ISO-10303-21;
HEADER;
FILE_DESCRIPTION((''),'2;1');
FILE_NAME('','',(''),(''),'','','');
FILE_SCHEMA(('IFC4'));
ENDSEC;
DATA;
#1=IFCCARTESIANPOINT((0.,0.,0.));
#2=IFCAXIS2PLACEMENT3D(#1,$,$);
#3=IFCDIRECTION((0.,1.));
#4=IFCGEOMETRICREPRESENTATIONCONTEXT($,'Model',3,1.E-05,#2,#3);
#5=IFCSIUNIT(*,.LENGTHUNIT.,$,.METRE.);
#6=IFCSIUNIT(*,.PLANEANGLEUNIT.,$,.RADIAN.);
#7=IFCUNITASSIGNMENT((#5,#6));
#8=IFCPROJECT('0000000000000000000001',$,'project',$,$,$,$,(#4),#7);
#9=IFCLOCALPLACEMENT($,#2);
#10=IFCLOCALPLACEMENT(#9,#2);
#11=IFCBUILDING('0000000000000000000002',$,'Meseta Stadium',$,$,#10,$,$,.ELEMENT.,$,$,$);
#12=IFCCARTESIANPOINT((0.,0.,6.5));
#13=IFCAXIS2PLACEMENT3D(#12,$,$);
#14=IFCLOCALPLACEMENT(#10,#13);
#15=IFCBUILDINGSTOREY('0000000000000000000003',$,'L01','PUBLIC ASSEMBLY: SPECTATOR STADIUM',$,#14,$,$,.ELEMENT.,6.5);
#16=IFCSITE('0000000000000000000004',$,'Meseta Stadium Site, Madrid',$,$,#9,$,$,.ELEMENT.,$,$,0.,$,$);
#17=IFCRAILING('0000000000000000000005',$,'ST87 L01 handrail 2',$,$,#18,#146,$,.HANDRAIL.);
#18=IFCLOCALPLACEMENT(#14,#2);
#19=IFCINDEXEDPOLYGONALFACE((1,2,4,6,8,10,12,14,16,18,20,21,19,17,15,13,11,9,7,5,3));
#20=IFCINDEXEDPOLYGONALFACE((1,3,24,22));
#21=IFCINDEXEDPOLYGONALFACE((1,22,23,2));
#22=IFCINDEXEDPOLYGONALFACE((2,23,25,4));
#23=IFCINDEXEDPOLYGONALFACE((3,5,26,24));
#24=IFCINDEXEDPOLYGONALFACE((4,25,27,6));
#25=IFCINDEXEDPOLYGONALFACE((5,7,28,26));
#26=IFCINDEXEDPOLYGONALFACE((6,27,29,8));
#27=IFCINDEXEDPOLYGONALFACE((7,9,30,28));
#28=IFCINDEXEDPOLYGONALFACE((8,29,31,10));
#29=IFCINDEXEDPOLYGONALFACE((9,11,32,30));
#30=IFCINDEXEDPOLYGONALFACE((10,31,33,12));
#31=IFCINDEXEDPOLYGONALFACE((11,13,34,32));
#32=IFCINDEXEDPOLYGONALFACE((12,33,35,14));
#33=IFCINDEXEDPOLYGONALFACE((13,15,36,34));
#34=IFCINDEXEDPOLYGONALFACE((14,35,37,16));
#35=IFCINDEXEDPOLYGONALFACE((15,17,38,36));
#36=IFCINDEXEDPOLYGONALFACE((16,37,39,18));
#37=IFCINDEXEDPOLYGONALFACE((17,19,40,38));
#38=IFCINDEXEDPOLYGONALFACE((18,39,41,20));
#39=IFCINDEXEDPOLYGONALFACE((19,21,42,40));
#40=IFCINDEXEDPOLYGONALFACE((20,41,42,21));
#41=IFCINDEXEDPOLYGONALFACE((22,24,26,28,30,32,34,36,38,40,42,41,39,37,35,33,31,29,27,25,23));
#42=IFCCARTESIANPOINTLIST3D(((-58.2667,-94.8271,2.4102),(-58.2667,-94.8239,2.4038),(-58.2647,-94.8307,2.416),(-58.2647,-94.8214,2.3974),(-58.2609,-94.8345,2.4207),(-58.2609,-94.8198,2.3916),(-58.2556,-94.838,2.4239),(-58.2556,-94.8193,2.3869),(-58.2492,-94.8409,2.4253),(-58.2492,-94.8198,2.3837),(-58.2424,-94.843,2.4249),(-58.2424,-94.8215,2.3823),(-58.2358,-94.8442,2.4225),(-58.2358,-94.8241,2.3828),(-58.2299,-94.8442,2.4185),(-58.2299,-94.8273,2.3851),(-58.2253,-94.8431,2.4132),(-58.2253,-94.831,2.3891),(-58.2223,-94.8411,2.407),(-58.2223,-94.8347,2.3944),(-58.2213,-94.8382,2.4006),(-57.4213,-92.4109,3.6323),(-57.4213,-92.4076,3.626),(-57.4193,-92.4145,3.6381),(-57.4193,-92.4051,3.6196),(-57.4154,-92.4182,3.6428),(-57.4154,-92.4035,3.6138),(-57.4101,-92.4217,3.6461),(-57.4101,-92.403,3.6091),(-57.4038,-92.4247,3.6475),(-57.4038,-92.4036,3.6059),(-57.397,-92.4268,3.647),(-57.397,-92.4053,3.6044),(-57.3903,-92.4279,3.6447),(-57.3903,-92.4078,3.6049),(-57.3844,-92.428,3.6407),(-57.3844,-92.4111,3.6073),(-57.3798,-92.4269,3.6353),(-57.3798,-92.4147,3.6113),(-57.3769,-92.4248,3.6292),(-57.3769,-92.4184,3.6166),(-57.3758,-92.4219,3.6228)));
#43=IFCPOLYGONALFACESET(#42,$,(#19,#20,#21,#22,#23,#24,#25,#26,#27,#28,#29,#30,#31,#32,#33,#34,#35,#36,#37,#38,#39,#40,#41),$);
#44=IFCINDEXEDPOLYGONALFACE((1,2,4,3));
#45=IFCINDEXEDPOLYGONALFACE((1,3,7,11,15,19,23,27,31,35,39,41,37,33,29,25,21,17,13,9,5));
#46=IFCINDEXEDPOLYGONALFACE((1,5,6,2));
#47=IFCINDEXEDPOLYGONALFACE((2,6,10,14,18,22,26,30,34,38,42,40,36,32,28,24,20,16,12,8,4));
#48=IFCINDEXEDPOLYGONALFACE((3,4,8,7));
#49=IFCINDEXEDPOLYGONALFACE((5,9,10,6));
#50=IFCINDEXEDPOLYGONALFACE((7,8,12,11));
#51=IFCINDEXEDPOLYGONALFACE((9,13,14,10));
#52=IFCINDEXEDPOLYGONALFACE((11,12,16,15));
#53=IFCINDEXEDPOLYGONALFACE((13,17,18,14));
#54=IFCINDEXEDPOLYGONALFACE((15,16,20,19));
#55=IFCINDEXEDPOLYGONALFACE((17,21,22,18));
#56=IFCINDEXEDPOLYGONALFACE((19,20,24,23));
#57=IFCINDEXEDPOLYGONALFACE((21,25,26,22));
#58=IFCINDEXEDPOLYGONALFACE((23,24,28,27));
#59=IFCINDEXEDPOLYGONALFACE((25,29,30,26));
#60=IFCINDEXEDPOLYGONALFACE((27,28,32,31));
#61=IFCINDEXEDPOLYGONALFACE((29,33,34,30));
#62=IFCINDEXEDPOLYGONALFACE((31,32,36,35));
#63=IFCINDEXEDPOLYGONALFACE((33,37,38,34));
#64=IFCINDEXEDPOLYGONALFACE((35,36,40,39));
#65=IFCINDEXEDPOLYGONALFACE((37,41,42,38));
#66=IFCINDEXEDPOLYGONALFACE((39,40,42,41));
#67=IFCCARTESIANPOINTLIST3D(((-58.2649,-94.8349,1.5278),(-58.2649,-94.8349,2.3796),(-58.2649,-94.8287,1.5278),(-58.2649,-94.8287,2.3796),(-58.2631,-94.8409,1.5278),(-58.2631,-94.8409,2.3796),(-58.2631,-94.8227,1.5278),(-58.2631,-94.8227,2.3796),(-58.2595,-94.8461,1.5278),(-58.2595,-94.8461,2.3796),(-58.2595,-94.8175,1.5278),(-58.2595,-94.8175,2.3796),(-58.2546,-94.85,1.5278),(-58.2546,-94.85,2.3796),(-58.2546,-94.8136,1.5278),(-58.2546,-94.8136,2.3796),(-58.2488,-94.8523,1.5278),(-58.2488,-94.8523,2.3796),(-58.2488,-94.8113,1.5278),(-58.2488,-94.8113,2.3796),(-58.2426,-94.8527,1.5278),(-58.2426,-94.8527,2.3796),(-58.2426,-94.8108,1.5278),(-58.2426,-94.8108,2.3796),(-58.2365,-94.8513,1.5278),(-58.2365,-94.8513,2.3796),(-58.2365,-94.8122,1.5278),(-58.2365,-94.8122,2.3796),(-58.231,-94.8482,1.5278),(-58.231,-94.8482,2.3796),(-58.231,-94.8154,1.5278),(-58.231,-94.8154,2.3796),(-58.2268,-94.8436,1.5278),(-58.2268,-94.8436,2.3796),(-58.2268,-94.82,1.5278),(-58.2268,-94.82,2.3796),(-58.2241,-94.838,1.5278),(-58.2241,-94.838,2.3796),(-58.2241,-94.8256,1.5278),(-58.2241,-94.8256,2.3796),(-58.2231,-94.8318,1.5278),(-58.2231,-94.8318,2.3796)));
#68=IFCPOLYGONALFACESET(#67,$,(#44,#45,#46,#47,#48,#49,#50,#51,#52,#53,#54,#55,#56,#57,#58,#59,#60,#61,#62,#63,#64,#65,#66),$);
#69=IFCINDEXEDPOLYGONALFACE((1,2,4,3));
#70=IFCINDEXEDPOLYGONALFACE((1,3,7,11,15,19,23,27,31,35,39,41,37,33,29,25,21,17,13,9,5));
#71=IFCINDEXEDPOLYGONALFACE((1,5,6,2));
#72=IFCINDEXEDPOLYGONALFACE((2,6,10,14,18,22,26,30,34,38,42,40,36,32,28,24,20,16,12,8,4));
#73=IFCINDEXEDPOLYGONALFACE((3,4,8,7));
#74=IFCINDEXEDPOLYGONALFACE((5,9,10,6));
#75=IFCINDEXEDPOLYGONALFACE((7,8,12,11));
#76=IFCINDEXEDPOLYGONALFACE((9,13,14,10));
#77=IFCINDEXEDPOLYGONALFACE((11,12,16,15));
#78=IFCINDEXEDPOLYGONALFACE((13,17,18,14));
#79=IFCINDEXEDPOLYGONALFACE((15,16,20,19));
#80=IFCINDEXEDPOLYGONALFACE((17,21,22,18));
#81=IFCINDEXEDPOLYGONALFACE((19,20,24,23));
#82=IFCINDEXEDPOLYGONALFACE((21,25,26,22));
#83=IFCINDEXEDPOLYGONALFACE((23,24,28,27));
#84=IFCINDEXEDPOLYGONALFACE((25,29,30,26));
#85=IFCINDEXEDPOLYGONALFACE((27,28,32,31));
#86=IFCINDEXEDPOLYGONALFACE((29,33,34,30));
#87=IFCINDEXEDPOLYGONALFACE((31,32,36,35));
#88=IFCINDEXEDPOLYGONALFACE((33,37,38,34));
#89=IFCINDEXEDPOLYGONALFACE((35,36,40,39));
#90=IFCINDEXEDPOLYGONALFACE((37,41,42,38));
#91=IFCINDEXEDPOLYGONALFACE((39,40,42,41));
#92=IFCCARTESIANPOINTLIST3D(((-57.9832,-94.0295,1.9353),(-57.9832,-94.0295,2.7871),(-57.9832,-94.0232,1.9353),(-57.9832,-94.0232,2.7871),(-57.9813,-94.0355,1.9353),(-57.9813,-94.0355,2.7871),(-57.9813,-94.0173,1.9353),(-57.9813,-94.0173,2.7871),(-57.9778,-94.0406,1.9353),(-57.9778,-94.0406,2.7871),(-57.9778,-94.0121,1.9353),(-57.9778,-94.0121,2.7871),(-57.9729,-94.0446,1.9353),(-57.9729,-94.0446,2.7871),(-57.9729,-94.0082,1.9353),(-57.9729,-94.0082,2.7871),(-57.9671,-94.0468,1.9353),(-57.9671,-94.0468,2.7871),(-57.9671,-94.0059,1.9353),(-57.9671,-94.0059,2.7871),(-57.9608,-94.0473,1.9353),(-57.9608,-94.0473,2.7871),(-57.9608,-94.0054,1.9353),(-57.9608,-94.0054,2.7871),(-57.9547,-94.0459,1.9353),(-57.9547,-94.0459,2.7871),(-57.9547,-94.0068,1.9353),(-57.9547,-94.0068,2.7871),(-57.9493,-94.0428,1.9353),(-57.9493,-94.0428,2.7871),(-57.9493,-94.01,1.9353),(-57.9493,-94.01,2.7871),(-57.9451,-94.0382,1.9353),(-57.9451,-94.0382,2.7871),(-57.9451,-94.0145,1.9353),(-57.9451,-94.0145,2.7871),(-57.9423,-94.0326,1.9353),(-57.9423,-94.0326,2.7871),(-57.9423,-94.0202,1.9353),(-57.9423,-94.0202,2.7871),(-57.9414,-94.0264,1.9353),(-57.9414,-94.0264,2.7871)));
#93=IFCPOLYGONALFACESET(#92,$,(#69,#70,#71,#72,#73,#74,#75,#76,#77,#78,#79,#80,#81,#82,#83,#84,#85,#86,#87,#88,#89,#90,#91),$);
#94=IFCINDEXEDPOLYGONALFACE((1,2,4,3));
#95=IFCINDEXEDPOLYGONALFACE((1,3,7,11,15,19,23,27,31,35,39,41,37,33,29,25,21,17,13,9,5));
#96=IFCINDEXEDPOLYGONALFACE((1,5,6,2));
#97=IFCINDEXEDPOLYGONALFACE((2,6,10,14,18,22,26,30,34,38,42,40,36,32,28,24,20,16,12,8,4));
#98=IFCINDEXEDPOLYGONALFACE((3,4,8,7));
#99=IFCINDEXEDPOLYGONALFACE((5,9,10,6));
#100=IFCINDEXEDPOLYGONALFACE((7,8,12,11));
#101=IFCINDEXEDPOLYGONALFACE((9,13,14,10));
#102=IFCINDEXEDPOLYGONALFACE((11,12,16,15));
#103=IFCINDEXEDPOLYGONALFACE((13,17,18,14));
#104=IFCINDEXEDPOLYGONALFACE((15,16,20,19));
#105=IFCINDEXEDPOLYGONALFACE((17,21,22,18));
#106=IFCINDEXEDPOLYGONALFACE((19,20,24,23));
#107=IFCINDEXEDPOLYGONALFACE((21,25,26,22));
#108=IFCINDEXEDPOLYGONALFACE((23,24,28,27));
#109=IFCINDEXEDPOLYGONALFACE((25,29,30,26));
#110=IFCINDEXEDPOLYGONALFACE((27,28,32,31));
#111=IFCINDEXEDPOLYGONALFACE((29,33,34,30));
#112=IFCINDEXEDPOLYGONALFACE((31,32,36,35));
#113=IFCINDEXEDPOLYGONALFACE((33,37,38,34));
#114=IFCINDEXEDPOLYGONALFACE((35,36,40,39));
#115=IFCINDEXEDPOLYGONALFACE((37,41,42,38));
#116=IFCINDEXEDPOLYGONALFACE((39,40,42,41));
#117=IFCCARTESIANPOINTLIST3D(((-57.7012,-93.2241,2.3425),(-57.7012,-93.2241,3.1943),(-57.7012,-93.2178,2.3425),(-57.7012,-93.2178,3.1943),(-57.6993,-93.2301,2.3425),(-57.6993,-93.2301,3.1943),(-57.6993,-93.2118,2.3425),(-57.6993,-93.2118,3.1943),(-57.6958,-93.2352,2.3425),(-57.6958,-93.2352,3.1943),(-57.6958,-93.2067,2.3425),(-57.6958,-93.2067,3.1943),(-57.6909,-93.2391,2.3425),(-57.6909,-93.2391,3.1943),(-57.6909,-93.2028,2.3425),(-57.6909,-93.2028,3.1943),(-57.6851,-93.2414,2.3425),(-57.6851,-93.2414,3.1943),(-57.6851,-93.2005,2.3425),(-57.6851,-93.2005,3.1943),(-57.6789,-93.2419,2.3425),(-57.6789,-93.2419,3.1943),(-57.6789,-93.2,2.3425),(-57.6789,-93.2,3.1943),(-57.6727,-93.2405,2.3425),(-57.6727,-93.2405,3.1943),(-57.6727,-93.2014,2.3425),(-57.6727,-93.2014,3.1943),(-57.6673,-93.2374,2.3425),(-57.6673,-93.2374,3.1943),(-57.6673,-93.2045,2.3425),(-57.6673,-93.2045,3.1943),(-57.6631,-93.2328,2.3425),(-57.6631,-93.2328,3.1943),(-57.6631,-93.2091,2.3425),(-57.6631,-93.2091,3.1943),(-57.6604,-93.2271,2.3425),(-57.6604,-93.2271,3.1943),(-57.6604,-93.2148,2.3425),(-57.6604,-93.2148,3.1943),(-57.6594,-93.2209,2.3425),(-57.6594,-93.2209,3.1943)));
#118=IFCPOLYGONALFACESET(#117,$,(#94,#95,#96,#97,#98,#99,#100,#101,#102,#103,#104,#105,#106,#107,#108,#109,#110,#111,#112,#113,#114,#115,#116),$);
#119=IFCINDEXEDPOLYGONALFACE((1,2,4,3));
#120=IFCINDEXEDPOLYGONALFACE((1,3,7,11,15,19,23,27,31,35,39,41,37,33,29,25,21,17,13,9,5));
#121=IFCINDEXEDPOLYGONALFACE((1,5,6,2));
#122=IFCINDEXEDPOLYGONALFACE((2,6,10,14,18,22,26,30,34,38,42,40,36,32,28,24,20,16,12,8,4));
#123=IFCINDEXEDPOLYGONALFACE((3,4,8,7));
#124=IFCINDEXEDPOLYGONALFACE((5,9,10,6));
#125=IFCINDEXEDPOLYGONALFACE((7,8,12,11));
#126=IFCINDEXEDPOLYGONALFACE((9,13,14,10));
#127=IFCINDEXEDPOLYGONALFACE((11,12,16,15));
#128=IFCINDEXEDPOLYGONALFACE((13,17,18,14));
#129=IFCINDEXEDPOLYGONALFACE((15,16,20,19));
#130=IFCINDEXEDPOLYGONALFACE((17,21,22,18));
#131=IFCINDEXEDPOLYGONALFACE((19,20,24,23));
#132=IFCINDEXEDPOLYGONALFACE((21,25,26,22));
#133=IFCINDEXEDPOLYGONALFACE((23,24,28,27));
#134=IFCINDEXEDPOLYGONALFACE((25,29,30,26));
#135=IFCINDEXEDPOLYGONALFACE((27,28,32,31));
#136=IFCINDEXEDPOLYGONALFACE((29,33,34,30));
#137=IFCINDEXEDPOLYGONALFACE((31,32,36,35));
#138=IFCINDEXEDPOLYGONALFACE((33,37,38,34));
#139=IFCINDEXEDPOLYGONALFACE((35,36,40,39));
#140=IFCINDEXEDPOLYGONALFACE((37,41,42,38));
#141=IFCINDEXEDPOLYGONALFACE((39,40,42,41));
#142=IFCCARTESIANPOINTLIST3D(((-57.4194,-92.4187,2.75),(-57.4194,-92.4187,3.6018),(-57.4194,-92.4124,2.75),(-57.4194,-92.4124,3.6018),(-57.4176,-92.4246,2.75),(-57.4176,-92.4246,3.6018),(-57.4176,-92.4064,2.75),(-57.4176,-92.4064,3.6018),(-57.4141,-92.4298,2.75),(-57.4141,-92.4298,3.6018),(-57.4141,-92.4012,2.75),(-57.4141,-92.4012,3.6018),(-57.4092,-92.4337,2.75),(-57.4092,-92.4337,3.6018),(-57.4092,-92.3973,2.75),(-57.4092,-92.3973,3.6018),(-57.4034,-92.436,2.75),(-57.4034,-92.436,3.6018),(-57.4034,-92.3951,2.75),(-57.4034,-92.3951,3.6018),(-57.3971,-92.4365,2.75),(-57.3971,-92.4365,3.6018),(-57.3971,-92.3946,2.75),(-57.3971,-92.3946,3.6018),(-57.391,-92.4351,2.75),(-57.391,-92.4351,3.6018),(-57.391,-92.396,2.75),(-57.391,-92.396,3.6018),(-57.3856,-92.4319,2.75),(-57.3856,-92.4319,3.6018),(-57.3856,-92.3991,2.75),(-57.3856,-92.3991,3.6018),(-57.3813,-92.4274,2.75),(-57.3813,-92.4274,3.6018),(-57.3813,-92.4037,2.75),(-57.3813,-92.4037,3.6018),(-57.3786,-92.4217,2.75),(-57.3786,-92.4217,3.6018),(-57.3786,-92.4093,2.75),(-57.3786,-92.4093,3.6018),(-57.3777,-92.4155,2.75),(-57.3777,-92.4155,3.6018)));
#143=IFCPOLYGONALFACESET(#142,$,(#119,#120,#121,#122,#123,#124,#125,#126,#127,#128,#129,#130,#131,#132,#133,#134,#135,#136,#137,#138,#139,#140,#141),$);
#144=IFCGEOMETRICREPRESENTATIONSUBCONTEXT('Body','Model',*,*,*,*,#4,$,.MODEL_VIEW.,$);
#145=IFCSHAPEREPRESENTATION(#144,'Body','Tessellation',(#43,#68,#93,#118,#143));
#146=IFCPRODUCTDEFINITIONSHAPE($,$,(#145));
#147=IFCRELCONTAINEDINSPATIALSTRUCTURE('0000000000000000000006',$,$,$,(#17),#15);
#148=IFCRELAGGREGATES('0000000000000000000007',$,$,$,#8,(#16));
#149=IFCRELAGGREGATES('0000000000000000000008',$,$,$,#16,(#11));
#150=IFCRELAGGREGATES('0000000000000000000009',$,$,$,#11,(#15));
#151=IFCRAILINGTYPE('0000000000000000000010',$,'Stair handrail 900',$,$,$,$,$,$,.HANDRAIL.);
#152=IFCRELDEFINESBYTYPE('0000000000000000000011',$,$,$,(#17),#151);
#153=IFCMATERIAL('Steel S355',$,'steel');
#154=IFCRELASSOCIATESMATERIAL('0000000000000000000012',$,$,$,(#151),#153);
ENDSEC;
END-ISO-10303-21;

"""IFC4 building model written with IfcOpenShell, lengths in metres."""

from ifc_helpers import new_model, si_unit, direction, frame, origin, origin_2d, place, context, subcontext, project, spatial, circle, extrude, material, type_object, element, save


model = new_model("IFC4")

# Units and contexts
model_context = context("Model", 3, precision=1e-05, world=origin(), true_north=direction((0.0, 1.0)))
body_context = subcontext(model_context, "Body", "Model", "MODEL_VIEW")
ifc_project = project(units=[si_unit("LENGTHUNIT", "METRE"), si_unit("PLANEANGLEUNIT", "RADIAN")], contexts=[model_context])

# Site, building, storey
site_placement = place(None, origin())
site = spatial("IfcSite", under=ifc_project, at=site_placement, Name="Meseta Stadium Site, Madrid", CompositionType="ELEMENT", RefElevation=0.0)
building_placement = place(site_placement, origin())
building = spatial("IfcBuilding", under=site, at=building_placement, Name="Meseta Stadium", CompositionType="ELEMENT")
storey_placement = place(building_placement, frame((0.0, 0.0, 6.5)))
storey = spatial("IfcBuildingStorey", under=building, at=storey_placement, Name="L01", Description="PUBLIC ASSEMBLY: SPECTATOR STADIUM", CompositionType="ELEMENT", Elevation=6.5)

# Railing
ifc_material_1 = material(Name="Steel S355", Category="steel")
railing_type_1 = type_object("IfcRailingType", Name="Stair handrail 900", PredefinedType="HANDRAIL", material=ifc_material_1)
for number, where, name in (
    (1, (-58.2441, -94.8318, 1.5278), "ST87 L01 handrail 2"),
):
    element("IfcRailing", number, at=place(storey_placement, frame(where)), inside=storey, type_object=railing_type_1, Name=name, PredefinedType="HANDRAIL", context=body_context, shape_type="SweptSolid", body=[
        extrude(circle(Radius=0.0239, at=origin_2d()), frame((0.0, 0.0, 0.876), z_axis=(0.298044, 0.851789, 0.430843), x_axis=(-0.943887, 0.33027, 0.0)), (0.0, 0.0, 1.0), 2.8367),
        extrude(circle(Radius=0.021, at=origin_2d()), origin(), (0.0, 0.0, 1.0), 0.8518),
        extrude(circle(Radius=0.021, at=origin_2d()), frame((0.2817, 0.8054, 0.4075)), (0.0, 0.0, 1.0), 0.8518),
        extrude(circle(Radius=0.021, at=origin_2d()), frame((0.5637, 1.6108, 0.8147)), (0.0, 0.0, 1.0), 0.8518),
        extrude(circle(Radius=0.021, at=origin_2d()), frame((0.8455, 2.4163, 1.2222)), (0.0, 0.0, 1.0), 0.8518),
    ])

save(model, "model.ifc")
